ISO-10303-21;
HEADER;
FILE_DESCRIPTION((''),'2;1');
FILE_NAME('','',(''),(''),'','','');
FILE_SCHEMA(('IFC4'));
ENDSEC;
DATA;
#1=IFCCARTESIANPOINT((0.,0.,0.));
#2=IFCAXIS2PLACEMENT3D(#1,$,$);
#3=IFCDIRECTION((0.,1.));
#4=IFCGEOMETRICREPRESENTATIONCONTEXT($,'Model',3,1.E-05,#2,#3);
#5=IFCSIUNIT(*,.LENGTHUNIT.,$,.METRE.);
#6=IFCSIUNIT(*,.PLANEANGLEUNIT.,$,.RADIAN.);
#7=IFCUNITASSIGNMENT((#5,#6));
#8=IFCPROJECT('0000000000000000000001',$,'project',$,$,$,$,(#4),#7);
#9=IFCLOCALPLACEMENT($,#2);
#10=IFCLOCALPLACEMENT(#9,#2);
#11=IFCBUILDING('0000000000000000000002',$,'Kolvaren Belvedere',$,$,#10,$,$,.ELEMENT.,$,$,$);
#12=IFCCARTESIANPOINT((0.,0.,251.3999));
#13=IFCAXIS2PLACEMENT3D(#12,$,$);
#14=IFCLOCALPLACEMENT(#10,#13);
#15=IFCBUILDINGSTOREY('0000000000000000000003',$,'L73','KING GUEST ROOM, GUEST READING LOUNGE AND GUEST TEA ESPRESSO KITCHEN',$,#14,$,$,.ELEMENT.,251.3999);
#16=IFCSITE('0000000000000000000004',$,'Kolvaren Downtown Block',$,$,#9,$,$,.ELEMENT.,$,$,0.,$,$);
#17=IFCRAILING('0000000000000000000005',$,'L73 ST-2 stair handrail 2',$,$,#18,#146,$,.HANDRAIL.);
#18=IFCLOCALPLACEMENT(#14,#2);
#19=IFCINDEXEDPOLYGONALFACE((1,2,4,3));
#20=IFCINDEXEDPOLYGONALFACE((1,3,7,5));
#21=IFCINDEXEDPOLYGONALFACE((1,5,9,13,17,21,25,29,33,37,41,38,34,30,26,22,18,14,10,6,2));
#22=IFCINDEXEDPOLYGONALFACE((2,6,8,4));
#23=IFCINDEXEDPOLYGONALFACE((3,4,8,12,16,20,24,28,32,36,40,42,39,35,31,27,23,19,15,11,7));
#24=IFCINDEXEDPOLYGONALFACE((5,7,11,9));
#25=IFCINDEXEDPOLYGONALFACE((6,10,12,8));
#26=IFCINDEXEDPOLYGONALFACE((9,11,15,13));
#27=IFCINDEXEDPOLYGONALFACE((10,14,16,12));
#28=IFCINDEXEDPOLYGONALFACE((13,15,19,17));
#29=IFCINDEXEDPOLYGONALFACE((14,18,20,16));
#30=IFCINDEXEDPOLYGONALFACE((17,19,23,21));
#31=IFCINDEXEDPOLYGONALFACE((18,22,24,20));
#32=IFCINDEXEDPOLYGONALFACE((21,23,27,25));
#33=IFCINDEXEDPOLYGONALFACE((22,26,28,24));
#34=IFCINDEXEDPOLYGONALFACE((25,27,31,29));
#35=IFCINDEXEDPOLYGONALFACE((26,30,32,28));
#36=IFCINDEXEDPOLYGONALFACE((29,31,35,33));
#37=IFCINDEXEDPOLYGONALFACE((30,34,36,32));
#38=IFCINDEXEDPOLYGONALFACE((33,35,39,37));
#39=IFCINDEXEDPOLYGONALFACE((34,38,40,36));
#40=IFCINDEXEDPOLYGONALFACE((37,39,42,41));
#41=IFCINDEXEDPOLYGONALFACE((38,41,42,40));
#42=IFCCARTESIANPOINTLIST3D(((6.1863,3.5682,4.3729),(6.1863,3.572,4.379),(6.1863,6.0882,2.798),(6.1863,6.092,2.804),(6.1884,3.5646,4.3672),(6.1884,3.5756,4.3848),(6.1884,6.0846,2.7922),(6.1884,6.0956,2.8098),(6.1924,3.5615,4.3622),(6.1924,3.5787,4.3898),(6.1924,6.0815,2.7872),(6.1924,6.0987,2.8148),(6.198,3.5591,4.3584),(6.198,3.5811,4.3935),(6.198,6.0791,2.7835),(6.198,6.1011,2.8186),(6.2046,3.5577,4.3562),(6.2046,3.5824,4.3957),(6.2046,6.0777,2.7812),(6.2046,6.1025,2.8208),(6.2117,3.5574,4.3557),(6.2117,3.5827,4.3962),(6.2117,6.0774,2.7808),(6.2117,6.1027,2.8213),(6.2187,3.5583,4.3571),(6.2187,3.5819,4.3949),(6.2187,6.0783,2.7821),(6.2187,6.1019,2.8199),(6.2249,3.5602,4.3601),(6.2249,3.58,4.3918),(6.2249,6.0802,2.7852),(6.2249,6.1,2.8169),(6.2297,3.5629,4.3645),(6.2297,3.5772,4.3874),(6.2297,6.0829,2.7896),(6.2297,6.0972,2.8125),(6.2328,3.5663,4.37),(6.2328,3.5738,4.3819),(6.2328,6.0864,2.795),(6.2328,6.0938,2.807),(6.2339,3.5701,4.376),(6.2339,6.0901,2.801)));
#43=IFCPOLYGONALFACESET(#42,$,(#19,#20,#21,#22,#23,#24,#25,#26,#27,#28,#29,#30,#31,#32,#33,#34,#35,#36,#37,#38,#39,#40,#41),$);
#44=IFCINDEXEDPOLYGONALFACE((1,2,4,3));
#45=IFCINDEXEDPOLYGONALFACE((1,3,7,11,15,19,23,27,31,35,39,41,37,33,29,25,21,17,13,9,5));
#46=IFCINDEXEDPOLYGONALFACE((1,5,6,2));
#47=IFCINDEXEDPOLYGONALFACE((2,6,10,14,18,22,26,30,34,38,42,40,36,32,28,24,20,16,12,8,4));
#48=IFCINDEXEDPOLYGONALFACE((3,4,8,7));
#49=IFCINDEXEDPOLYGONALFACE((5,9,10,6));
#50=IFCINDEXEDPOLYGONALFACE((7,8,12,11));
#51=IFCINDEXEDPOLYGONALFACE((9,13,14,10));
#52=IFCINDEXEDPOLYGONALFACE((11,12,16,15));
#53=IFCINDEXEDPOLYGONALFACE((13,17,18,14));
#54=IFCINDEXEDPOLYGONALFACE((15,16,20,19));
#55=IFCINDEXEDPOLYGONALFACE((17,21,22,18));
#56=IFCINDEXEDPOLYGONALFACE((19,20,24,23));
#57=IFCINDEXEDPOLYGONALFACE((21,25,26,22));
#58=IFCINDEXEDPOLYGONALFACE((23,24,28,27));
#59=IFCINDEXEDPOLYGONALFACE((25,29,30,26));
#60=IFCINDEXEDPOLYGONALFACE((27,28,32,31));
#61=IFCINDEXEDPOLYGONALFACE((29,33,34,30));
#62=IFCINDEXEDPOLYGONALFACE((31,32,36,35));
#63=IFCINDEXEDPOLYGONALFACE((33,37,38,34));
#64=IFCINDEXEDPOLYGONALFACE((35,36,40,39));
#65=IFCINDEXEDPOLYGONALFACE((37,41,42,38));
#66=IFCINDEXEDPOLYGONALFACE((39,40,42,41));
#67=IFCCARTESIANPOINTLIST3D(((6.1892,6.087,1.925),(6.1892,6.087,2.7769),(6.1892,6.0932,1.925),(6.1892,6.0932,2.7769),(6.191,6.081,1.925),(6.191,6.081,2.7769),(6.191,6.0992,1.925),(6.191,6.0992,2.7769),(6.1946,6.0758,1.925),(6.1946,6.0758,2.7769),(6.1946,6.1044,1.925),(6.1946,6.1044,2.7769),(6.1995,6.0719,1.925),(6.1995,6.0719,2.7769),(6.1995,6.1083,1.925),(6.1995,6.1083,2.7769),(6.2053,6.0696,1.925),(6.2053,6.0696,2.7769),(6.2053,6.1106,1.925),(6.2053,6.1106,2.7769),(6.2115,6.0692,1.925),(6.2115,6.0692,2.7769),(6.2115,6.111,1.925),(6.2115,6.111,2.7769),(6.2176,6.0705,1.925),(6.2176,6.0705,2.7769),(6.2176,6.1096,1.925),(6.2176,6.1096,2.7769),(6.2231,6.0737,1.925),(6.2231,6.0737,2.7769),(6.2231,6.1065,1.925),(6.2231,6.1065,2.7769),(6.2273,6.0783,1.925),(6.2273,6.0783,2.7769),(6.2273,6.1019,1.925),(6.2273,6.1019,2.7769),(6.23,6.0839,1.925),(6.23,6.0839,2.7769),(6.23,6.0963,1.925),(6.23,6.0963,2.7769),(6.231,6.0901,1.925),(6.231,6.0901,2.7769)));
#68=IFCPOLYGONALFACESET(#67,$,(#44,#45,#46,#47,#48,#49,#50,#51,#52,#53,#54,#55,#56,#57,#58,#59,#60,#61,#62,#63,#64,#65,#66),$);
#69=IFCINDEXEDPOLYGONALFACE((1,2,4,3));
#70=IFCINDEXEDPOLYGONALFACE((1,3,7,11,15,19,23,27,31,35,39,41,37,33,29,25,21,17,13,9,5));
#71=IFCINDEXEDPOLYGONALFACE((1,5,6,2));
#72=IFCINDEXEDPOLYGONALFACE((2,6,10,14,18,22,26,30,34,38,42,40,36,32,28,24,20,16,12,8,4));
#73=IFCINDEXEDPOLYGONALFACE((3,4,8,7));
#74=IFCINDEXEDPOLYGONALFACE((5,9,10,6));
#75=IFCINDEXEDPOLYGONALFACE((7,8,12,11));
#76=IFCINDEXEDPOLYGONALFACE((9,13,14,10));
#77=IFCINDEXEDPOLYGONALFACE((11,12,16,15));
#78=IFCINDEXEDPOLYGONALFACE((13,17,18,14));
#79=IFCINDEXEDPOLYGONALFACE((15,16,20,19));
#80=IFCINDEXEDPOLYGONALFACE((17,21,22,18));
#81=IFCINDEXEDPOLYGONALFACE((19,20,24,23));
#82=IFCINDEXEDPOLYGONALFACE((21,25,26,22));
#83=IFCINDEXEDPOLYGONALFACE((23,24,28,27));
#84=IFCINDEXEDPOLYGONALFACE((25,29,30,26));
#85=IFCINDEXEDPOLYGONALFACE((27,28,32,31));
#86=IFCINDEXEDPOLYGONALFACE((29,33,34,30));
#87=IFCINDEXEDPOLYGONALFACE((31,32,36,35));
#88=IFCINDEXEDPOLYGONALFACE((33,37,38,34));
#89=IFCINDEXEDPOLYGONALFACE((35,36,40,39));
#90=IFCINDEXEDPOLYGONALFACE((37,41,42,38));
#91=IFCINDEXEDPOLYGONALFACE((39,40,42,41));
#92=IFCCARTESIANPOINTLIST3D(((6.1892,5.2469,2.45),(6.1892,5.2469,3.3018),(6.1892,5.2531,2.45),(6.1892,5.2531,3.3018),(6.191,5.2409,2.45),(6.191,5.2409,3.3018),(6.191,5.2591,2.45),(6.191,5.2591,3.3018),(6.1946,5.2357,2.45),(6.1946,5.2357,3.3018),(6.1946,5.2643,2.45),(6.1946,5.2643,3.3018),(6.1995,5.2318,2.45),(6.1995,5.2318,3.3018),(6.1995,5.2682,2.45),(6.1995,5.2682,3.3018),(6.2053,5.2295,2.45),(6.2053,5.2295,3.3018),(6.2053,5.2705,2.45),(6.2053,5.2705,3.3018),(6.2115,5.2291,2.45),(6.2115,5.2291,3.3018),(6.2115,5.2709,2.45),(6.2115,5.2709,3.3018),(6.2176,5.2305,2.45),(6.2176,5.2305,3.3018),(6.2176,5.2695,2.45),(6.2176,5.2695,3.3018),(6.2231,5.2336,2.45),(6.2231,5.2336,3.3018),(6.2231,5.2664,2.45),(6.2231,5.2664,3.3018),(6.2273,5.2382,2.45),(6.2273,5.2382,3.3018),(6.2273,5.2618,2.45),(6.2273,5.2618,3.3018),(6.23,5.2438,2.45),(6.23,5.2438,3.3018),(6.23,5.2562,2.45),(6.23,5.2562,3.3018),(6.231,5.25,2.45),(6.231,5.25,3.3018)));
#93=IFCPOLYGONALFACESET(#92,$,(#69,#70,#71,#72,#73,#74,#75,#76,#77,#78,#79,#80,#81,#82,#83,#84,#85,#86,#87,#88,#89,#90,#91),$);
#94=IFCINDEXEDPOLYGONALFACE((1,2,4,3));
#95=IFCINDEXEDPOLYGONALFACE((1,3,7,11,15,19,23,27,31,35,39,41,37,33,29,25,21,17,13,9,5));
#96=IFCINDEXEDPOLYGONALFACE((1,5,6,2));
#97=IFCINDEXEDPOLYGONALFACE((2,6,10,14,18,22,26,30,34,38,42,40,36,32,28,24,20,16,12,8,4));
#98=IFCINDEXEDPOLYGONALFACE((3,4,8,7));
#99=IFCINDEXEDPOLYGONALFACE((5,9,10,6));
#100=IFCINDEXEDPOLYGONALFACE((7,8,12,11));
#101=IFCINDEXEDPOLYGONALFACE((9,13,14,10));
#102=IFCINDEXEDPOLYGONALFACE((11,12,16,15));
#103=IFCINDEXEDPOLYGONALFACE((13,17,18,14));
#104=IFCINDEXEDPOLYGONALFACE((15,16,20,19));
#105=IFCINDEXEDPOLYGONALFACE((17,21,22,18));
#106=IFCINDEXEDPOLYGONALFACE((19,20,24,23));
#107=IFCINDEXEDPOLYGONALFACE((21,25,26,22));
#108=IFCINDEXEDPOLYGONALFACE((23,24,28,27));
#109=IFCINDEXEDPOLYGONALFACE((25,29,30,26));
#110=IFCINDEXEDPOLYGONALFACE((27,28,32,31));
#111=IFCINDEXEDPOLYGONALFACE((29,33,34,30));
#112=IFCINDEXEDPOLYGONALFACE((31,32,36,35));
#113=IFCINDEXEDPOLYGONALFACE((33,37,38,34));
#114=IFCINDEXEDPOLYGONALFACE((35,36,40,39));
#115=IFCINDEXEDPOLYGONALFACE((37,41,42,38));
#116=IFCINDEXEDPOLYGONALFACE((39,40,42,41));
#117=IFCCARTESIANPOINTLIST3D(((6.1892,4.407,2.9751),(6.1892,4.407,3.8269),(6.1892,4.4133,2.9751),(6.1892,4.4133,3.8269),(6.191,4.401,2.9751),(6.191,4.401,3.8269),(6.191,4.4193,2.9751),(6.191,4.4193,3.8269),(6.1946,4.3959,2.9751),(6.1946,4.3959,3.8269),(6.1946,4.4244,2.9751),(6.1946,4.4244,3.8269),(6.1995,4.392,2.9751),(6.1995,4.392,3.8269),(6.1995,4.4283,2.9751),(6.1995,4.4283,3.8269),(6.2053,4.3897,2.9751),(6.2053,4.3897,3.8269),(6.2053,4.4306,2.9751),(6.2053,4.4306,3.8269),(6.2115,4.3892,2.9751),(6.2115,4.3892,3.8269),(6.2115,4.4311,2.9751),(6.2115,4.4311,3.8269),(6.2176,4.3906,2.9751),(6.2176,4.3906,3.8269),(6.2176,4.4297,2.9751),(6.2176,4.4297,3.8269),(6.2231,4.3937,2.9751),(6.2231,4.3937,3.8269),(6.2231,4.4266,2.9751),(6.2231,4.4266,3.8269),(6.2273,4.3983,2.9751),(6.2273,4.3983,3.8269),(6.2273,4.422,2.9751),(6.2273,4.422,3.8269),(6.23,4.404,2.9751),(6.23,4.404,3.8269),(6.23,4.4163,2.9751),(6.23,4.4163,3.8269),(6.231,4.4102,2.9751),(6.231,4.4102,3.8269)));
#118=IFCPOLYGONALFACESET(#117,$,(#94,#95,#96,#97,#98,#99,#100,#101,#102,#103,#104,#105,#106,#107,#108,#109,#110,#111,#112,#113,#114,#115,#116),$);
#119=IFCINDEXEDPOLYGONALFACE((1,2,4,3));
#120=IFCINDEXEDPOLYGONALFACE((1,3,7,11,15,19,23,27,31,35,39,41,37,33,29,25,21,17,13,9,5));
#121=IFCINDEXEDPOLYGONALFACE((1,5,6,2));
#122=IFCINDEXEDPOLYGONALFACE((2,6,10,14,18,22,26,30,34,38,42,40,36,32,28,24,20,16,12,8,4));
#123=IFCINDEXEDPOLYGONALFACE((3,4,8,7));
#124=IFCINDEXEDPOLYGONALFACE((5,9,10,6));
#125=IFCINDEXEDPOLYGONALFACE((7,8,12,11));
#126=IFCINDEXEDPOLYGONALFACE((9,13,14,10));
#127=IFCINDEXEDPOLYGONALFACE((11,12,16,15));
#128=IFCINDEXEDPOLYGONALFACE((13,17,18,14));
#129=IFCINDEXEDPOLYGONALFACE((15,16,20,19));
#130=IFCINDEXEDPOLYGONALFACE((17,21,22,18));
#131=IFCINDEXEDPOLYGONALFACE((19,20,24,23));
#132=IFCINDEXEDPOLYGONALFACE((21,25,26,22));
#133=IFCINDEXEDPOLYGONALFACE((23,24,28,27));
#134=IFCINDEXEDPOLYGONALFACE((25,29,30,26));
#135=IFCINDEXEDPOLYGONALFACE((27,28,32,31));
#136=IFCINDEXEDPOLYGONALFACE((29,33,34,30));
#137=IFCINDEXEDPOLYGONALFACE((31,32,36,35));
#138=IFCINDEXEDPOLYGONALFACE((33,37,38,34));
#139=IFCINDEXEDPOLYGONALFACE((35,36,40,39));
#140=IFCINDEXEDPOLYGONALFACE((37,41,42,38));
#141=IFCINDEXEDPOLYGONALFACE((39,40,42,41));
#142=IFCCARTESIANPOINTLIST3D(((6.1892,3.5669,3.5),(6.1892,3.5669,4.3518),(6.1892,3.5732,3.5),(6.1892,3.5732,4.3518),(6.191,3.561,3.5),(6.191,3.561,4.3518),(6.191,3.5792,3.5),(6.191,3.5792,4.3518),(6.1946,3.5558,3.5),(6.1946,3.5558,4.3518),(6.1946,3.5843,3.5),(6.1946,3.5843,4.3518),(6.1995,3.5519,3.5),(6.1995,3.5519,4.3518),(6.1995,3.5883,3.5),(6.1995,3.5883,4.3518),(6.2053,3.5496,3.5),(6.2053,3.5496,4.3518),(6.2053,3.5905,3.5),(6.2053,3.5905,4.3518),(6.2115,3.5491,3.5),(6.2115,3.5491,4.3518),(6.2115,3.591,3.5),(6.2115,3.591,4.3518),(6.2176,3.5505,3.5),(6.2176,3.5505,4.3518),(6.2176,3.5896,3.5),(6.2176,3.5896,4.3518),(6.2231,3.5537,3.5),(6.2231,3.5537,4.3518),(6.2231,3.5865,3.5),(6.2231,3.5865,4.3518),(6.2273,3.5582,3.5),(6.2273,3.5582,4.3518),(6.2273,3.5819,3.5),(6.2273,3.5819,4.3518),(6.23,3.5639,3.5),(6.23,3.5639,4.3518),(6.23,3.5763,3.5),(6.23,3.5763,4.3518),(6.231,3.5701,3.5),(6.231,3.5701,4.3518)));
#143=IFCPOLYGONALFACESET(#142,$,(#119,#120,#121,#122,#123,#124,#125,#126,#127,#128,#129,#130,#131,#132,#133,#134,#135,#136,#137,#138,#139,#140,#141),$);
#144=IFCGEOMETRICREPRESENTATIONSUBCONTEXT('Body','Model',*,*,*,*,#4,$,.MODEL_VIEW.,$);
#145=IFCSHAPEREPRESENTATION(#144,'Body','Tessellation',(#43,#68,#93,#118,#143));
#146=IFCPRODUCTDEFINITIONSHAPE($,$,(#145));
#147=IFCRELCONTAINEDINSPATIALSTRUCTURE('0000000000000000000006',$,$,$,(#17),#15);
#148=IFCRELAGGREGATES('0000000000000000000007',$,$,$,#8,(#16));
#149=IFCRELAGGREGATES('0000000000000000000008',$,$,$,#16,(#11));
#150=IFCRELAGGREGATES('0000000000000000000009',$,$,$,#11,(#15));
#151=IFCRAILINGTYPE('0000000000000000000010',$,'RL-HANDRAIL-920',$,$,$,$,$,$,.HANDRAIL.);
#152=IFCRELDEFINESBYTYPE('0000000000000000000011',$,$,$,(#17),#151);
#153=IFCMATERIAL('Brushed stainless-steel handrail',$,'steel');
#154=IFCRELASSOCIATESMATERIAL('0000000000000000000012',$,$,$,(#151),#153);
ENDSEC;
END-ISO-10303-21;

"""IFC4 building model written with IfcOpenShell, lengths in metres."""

from ifc_helpers import new_model, si_unit, direction, frame, origin, origin_2d, place, context, subcontext, project, spatial, circle, extrude, material, type_object, element, save


model = new_model("IFC4")

# Units and contexts
model_context = context("Model", 3, precision=1e-05, world=origin(), true_north=direction((0.0, 1.0)))
body_context = subcontext(model_context, "Body", "Model", "MODEL_VIEW")
ifc_project = project(units=[si_unit("LENGTHUNIT", "METRE"), si_unit("PLANEANGLEUNIT", "RADIAN")], contexts=[model_context])

# Site, building, storey
site_placement = place(None, origin())
site = spatial("IfcSite", under=ifc_project, at=site_placement, Name="Kolvaren Downtown Block", CompositionType="ELEMENT", RefElevation=0.0)
building_placement = place(site_placement, origin())
building = spatial("IfcBuilding", under=site, at=building_placement, Name="Kolvaren Belvedere", CompositionType="ELEMENT")
storey_placement = place(building_placement, frame((0.0, 0.0, 251.3999)))
storey = spatial("IfcBuildingStorey", under=building, at=storey_placement, Name="L73", Description="KING GUEST ROOM, GUEST READING LOUNGE AND GUEST TEA ESPRESSO KITCHEN", CompositionType="ELEMENT", Elevation=251.3999)

# Railing
ifc_material_1 = material(Name="Brushed stainless-steel handrail", Category="steel")
railing_type_1 = type_object("IfcRailingType", Name="RL-HANDRAIL-920", PredefinedType="HANDRAIL", material=ifc_material_1)
railing_1_placement = place(storey_placement, frame((6.21, 6.0901, 1.925)))
element("IfcRailing", 1, at=railing_1_placement, inside=storey, type_object=railing_type_1, Name="L73 ST-2 stair handrail 2", PredefinedType="HANDRAIL", context=body_context, shape_type="SweptSolid", body=[
    extrude(circle(Radius=0.0239, at=origin_2d()), frame((0.0, 0.0, 0.876), z_axis=(0.0, -0.848008, 0.529984), x_axis=(1.0, 0.0, 0.0)), (0.0, 0.0, 1.0), 2.9717),
    extrude(circle(Radius=0.021, at=origin_2d()), origin(), (0.0, 0.0, 1.0), 0.8518),
    extrude(circle(Radius=0.021, at=origin_2d()), frame((0.0, -0.8401, 0.5249)), (0.0, 0.0, 1.0), 0.8518),
    extrude(circle(Radius=0.021, at=origin_2d()), frame((0.0, -1.6799, 1.05)), (0.0, 0.0, 1.0), 0.8518),
    extrude(circle(Radius=0.021, at=origin_2d()), frame((0.0, -2.52, 1.575)), (0.0, 0.0, 1.0), 0.8518),
])

save(model, "model.ifc")
